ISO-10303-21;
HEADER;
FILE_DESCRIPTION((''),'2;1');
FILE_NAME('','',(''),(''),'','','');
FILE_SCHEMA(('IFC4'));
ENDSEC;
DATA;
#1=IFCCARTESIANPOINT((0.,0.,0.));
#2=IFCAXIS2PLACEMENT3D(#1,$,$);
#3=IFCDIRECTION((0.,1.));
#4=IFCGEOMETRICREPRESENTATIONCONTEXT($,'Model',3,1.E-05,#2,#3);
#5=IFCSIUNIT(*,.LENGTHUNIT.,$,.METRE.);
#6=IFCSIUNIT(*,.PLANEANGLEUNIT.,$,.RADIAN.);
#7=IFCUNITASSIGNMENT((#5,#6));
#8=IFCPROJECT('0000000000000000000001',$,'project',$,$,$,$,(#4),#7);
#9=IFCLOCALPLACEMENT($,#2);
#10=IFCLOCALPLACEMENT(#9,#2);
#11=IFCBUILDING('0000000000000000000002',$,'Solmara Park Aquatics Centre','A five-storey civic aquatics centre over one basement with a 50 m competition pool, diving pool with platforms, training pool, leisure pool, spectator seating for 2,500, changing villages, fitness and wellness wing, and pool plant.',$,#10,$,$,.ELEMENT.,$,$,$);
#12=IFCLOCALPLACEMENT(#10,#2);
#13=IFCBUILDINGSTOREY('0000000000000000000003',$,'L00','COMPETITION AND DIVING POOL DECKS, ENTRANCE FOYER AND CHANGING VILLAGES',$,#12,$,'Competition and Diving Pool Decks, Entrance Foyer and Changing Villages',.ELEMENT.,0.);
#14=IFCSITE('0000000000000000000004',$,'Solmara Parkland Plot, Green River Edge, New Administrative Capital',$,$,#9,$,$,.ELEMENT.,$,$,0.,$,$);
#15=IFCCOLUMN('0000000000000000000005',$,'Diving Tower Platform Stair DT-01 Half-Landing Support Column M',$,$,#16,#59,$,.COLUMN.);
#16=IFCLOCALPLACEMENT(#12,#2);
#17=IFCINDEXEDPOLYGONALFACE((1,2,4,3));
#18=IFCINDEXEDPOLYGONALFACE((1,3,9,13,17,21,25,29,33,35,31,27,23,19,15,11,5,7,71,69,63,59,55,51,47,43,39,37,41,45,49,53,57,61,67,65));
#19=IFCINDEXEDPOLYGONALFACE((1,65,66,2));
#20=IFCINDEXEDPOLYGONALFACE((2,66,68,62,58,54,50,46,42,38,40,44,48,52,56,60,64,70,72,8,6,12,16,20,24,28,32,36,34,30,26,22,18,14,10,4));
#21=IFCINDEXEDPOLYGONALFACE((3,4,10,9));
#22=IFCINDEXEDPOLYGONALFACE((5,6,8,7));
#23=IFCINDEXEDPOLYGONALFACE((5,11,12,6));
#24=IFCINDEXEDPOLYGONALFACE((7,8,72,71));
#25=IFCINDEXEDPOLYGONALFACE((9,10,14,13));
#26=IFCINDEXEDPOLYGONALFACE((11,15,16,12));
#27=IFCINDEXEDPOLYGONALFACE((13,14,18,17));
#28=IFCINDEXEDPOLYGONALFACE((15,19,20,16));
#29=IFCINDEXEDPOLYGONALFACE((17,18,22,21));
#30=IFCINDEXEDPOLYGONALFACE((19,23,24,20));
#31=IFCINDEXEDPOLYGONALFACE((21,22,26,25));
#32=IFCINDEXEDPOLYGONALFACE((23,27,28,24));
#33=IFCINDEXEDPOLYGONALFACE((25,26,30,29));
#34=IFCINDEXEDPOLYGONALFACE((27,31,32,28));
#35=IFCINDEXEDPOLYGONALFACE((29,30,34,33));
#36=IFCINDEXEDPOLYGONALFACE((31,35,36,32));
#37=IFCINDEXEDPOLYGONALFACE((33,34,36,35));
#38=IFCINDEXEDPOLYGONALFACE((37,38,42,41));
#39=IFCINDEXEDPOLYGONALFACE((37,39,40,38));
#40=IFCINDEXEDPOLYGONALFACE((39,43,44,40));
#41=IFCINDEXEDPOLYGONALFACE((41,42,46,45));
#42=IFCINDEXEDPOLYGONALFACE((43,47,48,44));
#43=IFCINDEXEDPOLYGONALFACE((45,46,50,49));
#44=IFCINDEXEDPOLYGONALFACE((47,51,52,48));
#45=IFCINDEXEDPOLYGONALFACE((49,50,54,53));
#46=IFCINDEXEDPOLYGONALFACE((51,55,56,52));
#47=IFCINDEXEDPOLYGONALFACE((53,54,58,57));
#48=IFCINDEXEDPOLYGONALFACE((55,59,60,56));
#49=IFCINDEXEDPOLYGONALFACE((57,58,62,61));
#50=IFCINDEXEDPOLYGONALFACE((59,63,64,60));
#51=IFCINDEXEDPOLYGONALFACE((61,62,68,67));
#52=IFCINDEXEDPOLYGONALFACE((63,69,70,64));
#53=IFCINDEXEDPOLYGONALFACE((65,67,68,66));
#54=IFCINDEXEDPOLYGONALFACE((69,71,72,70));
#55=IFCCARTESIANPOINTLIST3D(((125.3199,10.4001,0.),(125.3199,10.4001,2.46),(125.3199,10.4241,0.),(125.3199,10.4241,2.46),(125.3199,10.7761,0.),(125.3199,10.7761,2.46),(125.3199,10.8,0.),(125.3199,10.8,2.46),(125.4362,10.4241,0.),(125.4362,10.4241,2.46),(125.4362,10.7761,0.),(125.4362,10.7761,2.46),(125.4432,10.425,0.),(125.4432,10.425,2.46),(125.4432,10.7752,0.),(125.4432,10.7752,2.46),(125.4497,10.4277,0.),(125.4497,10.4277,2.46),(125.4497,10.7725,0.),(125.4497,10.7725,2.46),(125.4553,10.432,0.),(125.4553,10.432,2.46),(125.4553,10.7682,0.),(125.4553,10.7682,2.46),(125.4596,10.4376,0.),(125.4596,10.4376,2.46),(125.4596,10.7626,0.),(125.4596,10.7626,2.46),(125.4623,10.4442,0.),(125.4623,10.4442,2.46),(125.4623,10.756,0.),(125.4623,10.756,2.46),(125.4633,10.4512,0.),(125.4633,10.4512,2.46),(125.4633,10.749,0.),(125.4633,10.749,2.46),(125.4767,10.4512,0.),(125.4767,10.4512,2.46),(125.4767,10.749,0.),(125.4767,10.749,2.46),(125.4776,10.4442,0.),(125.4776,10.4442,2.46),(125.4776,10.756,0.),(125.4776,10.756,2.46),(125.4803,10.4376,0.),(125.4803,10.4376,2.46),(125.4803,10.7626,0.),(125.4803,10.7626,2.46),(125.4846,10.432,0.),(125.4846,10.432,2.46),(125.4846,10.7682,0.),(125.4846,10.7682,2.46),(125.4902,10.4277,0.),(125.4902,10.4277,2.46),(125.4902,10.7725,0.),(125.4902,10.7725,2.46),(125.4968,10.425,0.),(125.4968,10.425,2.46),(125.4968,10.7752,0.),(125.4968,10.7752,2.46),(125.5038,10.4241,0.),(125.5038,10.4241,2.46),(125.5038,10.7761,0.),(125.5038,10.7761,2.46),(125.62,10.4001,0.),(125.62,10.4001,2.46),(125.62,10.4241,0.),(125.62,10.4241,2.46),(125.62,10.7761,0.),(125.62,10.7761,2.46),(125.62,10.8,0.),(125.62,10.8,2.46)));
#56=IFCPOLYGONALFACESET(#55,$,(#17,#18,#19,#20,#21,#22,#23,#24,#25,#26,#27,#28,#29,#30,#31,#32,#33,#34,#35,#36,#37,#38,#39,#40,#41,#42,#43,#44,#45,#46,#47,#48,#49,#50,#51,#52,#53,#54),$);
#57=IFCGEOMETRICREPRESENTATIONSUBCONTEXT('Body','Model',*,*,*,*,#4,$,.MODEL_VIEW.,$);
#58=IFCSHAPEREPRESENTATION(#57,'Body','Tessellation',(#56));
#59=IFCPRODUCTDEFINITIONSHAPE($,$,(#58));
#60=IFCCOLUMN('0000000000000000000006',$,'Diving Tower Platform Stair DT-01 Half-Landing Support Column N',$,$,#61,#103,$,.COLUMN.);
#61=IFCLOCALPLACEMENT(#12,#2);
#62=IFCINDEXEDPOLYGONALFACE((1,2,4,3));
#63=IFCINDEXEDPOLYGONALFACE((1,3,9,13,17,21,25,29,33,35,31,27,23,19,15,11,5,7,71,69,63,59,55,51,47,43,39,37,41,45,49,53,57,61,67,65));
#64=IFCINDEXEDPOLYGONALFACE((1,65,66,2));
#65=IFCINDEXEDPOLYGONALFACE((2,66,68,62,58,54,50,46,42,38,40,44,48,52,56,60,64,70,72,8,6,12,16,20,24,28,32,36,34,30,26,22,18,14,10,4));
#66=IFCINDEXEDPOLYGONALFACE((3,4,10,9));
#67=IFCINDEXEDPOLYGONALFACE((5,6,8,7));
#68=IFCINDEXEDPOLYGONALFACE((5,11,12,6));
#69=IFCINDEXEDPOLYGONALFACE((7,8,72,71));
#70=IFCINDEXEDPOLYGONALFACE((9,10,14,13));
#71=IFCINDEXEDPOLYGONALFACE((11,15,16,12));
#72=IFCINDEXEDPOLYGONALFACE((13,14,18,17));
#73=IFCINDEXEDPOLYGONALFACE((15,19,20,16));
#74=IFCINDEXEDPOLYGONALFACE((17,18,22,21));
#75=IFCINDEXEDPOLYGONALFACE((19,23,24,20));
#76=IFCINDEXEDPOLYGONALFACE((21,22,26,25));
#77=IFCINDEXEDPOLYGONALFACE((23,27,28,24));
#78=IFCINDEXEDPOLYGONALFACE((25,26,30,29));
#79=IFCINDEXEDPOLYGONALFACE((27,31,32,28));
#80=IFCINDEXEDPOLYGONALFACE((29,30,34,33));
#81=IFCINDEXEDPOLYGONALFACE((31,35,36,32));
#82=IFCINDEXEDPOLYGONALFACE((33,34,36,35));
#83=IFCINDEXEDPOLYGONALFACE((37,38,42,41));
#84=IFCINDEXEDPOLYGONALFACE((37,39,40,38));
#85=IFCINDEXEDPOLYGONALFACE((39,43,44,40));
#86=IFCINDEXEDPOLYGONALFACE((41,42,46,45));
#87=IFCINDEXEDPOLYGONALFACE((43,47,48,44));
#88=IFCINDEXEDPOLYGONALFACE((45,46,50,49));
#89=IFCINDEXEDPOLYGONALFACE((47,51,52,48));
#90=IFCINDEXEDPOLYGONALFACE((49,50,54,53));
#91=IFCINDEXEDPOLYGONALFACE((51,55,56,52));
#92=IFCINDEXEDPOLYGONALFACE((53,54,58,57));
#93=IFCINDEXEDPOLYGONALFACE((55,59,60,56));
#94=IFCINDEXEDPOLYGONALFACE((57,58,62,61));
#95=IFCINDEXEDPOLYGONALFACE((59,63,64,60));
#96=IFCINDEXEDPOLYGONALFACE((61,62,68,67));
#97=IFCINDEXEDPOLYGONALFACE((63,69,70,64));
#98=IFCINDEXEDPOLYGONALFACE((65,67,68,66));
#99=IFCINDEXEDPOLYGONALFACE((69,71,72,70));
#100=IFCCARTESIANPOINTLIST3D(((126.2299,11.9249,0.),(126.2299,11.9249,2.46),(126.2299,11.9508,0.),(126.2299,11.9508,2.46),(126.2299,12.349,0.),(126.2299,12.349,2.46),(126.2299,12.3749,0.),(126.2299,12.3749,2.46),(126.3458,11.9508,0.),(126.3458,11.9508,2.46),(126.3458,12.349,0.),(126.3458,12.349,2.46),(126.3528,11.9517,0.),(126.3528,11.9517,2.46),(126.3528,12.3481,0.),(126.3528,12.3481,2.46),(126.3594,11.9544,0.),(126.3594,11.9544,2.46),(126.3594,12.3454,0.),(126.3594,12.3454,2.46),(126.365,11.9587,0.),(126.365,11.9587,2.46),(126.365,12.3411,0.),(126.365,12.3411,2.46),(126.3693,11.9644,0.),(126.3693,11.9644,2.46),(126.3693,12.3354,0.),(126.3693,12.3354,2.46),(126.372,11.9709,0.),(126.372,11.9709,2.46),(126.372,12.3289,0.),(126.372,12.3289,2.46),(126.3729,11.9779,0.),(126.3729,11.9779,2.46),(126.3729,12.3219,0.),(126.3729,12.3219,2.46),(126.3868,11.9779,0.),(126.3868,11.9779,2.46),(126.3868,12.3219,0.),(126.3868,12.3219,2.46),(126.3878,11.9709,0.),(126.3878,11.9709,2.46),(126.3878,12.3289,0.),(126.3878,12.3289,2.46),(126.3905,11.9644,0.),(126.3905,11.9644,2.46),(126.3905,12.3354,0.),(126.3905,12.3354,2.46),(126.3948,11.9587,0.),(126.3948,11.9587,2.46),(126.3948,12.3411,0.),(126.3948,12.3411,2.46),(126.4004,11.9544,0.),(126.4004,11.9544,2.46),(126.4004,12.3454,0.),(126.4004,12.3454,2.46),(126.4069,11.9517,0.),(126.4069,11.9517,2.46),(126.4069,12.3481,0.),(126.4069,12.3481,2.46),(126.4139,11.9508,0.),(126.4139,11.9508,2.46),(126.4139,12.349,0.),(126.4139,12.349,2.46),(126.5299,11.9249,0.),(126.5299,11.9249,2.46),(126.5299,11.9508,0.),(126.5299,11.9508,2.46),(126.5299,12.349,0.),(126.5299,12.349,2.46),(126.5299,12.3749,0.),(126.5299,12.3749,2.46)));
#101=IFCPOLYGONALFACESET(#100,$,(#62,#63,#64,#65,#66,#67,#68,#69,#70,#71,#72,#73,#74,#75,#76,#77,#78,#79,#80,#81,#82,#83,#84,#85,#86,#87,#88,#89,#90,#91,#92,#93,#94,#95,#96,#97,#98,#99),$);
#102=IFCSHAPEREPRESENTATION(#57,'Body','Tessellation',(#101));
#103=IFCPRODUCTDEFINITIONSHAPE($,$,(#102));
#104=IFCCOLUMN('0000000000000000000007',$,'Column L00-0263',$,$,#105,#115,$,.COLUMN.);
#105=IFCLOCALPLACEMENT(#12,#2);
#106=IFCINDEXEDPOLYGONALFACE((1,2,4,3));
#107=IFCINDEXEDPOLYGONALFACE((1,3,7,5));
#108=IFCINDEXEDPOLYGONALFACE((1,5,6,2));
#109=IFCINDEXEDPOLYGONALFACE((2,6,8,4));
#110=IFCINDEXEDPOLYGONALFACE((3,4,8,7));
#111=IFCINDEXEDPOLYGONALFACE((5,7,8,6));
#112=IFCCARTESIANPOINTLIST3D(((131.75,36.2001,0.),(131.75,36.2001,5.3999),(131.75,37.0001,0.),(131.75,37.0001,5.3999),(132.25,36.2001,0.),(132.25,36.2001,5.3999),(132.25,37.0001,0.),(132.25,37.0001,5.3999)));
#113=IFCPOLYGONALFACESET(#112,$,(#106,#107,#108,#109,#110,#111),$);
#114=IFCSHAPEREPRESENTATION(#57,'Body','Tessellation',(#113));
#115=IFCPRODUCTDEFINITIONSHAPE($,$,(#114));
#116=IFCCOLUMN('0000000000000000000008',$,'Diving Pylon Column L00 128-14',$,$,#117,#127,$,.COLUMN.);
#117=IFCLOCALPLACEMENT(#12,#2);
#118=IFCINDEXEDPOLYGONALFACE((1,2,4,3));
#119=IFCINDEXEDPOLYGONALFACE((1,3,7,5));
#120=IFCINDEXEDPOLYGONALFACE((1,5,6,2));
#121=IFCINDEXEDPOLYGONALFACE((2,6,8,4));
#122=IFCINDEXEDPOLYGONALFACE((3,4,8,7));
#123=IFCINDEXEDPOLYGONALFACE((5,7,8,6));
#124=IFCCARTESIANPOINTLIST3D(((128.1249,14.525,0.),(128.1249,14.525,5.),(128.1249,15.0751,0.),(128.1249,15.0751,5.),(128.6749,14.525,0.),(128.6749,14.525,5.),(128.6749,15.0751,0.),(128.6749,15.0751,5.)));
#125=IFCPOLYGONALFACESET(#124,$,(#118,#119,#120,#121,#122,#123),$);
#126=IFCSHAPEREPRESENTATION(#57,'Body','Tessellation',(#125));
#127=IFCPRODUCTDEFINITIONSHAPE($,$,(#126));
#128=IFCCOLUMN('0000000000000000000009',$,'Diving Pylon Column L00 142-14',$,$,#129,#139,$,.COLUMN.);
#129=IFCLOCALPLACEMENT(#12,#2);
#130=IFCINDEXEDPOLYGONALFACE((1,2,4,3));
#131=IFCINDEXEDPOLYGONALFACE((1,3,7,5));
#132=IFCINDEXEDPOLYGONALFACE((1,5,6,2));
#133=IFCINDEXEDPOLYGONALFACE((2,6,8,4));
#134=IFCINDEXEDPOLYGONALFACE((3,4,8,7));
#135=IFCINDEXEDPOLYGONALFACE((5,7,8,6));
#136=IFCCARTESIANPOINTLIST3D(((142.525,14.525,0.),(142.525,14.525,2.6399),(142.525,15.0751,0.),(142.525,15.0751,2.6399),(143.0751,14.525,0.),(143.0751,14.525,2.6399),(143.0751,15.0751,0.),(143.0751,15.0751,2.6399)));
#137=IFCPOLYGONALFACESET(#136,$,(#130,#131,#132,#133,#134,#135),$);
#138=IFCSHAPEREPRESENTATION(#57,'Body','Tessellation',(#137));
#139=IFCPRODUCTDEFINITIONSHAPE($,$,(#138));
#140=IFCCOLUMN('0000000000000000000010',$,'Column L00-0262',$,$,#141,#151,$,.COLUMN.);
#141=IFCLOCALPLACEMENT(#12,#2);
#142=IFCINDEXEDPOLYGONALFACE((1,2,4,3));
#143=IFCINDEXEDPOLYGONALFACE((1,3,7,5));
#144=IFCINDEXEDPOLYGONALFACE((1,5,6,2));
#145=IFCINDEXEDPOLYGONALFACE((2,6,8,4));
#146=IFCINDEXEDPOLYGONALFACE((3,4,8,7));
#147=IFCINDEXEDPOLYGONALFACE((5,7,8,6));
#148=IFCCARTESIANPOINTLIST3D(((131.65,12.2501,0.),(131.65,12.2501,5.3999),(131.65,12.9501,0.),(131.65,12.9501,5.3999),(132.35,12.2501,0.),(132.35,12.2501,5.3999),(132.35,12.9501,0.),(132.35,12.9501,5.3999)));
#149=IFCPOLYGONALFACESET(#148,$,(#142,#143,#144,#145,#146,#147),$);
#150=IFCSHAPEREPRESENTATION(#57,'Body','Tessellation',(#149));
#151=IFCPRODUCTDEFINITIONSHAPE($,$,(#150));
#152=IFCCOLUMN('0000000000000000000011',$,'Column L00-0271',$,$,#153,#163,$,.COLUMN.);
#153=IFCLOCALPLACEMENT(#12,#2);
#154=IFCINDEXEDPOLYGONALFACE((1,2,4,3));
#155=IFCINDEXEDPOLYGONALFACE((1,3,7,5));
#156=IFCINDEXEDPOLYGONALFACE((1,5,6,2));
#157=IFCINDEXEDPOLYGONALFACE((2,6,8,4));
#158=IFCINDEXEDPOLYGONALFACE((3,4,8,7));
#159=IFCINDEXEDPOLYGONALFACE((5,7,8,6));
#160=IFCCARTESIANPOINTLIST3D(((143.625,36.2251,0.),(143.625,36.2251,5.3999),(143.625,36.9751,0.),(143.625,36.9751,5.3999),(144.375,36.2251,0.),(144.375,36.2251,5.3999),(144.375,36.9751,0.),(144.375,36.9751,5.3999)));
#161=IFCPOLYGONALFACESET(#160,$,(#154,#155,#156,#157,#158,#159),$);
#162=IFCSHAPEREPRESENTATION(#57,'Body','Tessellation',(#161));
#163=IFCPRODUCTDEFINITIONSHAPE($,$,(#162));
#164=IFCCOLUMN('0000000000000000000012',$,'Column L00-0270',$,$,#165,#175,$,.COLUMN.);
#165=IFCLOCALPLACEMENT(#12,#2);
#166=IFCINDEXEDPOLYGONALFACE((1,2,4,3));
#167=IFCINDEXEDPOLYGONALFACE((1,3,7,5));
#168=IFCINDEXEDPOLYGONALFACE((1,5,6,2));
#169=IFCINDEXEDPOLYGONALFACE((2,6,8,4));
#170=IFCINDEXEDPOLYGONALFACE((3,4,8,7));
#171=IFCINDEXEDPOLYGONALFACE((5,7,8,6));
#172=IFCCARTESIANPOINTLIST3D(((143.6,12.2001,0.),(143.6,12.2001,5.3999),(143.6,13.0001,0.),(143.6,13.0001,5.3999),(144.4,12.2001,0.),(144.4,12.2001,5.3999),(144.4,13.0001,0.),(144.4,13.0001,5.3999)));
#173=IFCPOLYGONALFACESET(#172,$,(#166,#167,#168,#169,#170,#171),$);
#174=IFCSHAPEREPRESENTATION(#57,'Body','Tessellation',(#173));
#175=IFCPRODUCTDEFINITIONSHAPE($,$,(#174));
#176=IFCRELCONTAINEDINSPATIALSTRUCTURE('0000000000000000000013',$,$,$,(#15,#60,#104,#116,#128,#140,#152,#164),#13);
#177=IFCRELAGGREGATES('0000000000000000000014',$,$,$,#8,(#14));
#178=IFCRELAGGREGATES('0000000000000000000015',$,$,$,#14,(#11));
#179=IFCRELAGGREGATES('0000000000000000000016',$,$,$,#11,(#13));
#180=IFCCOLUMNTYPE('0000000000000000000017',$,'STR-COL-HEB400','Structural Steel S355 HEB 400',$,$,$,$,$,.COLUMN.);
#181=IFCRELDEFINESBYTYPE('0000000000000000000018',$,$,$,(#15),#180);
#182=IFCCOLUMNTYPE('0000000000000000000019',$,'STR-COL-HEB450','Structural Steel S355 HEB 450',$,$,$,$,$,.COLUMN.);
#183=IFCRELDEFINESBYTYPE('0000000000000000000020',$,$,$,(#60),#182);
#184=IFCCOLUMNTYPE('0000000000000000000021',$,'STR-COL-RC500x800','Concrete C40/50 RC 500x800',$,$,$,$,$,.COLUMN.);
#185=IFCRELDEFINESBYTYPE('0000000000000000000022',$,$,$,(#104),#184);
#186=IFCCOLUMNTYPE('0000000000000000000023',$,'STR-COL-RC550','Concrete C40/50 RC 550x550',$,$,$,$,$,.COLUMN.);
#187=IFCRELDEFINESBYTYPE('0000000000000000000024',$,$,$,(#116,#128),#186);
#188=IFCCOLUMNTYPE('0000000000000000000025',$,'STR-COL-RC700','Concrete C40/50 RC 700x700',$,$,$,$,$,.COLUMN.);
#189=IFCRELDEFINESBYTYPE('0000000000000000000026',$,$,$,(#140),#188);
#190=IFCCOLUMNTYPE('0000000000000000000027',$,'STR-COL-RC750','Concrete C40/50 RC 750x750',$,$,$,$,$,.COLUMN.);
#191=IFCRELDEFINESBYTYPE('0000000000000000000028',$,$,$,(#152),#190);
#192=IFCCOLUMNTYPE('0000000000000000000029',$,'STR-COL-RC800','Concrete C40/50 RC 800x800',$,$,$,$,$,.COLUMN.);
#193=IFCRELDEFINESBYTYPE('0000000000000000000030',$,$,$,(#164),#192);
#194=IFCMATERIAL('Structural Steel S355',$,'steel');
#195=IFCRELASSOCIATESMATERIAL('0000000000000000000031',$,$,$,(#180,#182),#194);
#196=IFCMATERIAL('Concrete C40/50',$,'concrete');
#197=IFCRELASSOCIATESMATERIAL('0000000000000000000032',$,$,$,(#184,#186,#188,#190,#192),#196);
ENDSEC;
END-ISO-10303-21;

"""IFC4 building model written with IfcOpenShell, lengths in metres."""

from ifc_helpers import new_model, si_unit, direction, frame, origin, origin_2d, place, context, subcontext, project, spatial, rectangle, i_section, extrude, material, material_profile, profile_set, type_object, element, save


model = new_model("IFC4")

# Units and contexts
model_context = context("Model", 3, precision=1e-05, world=origin(), true_north=direction((0.0, 1.0)))
body_context = subcontext(model_context, "Body", "Model", "MODEL_VIEW")
ifc_project = project(units=[si_unit("LENGTHUNIT", "METRE"), si_unit("PLANEANGLEUNIT", "RADIAN")], contexts=[model_context])

# Site, building, storey
site_placement = place(None, origin())
site = spatial("IfcSite", under=ifc_project, at=site_placement, Name="Solmara Parkland Plot, Green River Edge, New Administrative Capital", CompositionType="ELEMENT", RefElevation=0.0)
building_placement = place(site_placement, origin())
building = spatial("IfcBuilding", under=site, at=building_placement, Name="Solmara Park Aquatics Centre", Description="A five-storey civic aquatics centre over one basement with a 50 m competition pool, diving pool with platforms, training pool, leisure pool, spectator seating for 2,500, changing villages, fitness and wellness wing, and pool plant.", CompositionType="ELEMENT")
storey_placement = place(building_placement, origin())
storey = spatial("IfcBuildingStorey", under=building, at=storey_placement, Name="L00", Description="COMPETITION AND DIVING POOL DECKS, ENTRANCE FOYER AND CHANGING VILLAGES", LongName="Competition and Diving Pool Decks, Entrance Foyer and Changing Villages", CompositionType="ELEMENT", Elevation=0.0)

# Columns
ifc_material_1 = material(Name="Structural Steel S355", Category="steel")
ifc_material_profile_1 = material_profile(ifc_material_1, i_section(OverallWidth=0.3, OverallDepth=0.3999, WebThickness=0.0134, FlangeThickness=0.0239, FilletRadius=0.0271, at=origin_2d()), Name="HEB 400")
ifc_profile_set_1 = profile_set([ifc_material_profile_1], Name="Structural Steel S355")
column_type_1 = type_object("IfcColumnType", Name="STR-COL-HEB400", Description="Structural Steel S355 HEB 400", PredefinedType="COLUMN", material=ifc_profile_set_1)
column_1_placement = place(storey_placement, frame((125.47, 10.6001, 0.0), z_axis=(0.0, 0.0, 1.0), x_axis=(1.0, 0.0, 0.0)))
element("IfcColumn", 1, at=column_1_placement, inside=storey, type_object=column_type_1, Name="Diving Tower Platform Stair DT-01 Half-Landing Support Column M", PredefinedType="COLUMN", context=body_context, shape_type="SweptSolid", body=[
    extrude(i_section(OverallWidth=0.3, OverallDepth=0.3999, WebThickness=0.0134, FlangeThickness=0.0239, FilletRadius=0.0271, at=origin_2d()), origin(), (0.0, 0.0, 1.0), 2.46),
])
ifc_material_profile_2 = material_profile(ifc_material_1, i_section(OverallWidth=0.3, OverallDepth=0.45, WebThickness=0.0139, FlangeThickness=0.0259, FilletRadius=0.0271, at=origin_2d()), Name="HEB 450")
ifc_profile_set_2 = profile_set([ifc_material_profile_2], Name="Structural Steel S355")
column_type_2 = type_object("IfcColumnType", Name="STR-COL-HEB450", Description="Structural Steel S355 HEB 450", PredefinedType="COLUMN", material=ifc_profile_set_2)
column_2_placement = place(storey_placement, frame((126.3799, 12.1499, 0.0), z_axis=(0.0, 0.0, 1.0), x_axis=(1.0, 0.0, 0.0)))
element("IfcColumn", 2, at=column_2_placement, inside=storey, type_object=column_type_2, Name="Diving Tower Platform Stair DT-01 Half-Landing Support Column N", PredefinedType="COLUMN", context=body_context, shape_type="SweptSolid", body=[
    extrude(i_section(OverallWidth=0.3, OverallDepth=0.45, WebThickness=0.0139, FlangeThickness=0.0259, FilletRadius=0.0271, at=origin_2d()), origin(), (0.0, 0.0, 1.0), 2.46),
])
ifc_material_2 = material(Name="Concrete C40/50", Category="concrete")
ifc_material_profile_3 = material_profile(ifc_material_2, rectangle(XDim=0.5, YDim=0.8, at=origin_2d()), Name="RC 500x800")
ifc_profile_set_3 = profile_set([ifc_material_profile_3], Name="Concrete C40/50")
column_type_3 = type_object("IfcColumnType", Name="STR-COL-RC500x800", Description="Concrete C40/50 RC 500x800", PredefinedType="COLUMN", material=ifc_profile_set_3)
column_3_placement = place(storey_placement, frame((132.0, 36.6001, 0.0), z_axis=(0.0, 0.0, 1.0), x_axis=(1.0, 0.0, 0.0)))
element("IfcColumn", 3, at=column_3_placement, inside=storey, type_object=column_type_3, Name="Column L00-0263", PredefinedType="COLUMN", context=body_context, shape_type="SweptSolid", body=[
    extrude(rectangle(XDim=0.5, YDim=0.8, at=origin_2d()), origin(), (0.0, 0.0, 1.0), 5.3999),
])
ifc_material_profile_4 = material_profile(ifc_material_2, rectangle(XDim=0.55, YDim=0.55, at=origin_2d()), Name="RC 550x550")
ifc_profile_set_4 = profile_set([ifc_material_profile_4], Name="Concrete C40/50")
column_type_4 = type_object("IfcColumnType", Name="STR-COL-RC550", Description="Concrete C40/50 RC 550x550", PredefinedType="COLUMN", material=ifc_profile_set_4)
column_4_placement = place(storey_placement, frame((128.3999, 14.8, 0.0), z_axis=(0.0, 0.0, 1.0), x_axis=(1.0, 0.0, 0.0)))
element("IfcColumn", 4, at=column_4_placement, inside=storey, type_object=column_type_4, Name="Diving Pylon Column L00 128-14", PredefinedType="COLUMN", context=body_context, shape_type="SweptSolid", body=[
    extrude(rectangle(XDim=0.55, YDim=0.55, at=origin_2d()), origin(), (0.0, 0.0, 1.0), 5.0),
])
column_5_placement = place(storey_placement, frame((142.8, 14.8, 0.0), z_axis=(0.0, 0.0, 1.0), x_axis=(1.0, 0.0, 0.0)))
element("IfcColumn", 5, at=column_5_placement, inside=storey, type_object=column_type_4, Name="Diving Pylon Column L00 142-14", PredefinedType="COLUMN", context=body_context, shape_type="SweptSolid", body=[
    extrude(rectangle(XDim=0.55, YDim=0.55, at=origin_2d()), origin(), (0.0, 0.0, 1.0), 2.6399),
])
ifc_material_profile_5 = material_profile(ifc_material_2, rectangle(XDim=0.7, YDim=0.7, at=origin_2d()), Name="RC 700x700")
ifc_profile_set_5 = profile_set([ifc_material_profile_5], Name="Concrete C40/50")
column_type_5 = type_object("IfcColumnType", Name="STR-COL-RC700", Description="Concrete C40/50 RC 700x700", PredefinedType="COLUMN", material=ifc_profile_set_5)
column_6_placement = place(storey_placement, frame((132.0, 12.6001, 0.0), z_axis=(0.0, 0.0, 1.0), x_axis=(1.0, 0.0, 0.0)))
element("IfcColumn", 6, at=column_6_placement, inside=storey, type_object=column_type_5, Name="Column L00-0262", PredefinedType="COLUMN", context=body_context, shape_type="SweptSolid", body=[
    extrude(rectangle(XDim=0.7, YDim=0.7, at=origin_2d()), origin(), (0.0, 0.0, 1.0), 5.3999),
])
ifc_material_profile_6 = material_profile(ifc_material_2, rectangle(XDim=0.75, YDim=0.75, at=origin_2d()), Name="RC 750x750")
ifc_profile_set_6 = profile_set([ifc_material_profile_6], Name="Concrete C40/50")
column_type_6 = type_object("IfcColumnType", Name="STR-COL-RC750", Description="Concrete C40/50 RC 750x750", PredefinedType="COLUMN", material=ifc_profile_set_6)
column_7_placement = place(storey_placement, frame((144.0, 36.6001, 0.0), z_axis=(0.0, 0.0, 1.0), x_axis=(1.0, 0.0, 0.0)))
element("IfcColumn", 7, at=column_7_placement, inside=storey, type_object=column_type_6, Name="Column L00-0271", PredefinedType="COLUMN", context=body_context, shape_type="SweptSolid", body=[
    extrude(rectangle(XDim=0.75, YDim=0.75, at=origin_2d()), origin(), (0.0, 0.0, 1.0), 5.3999),
])
ifc_material_profile_7 = material_profile(ifc_material_2, rectangle(XDim=0.8, YDim=0.8, at=origin_2d()), Name="RC 800x800")
ifc_profile_set_7 = profile_set([ifc_material_profile_7], Name="Concrete C40/50")
column_type_7 = type_object("IfcColumnType", Name="STR-COL-RC800", Description="Concrete C40/50 RC 800x800", PredefinedType="COLUMN", material=ifc_profile_set_7)
column_8_placement = place(storey_placement, frame((144.0, 12.6001, 0.0), z_axis=(0.0, 0.0, 1.0), x_axis=(1.0, 0.0, 0.0)))
element("IfcColumn", 8, at=column_8_placement, inside=storey, type_object=column_type_7, Name="Column L00-0270", PredefinedType="COLUMN", context=body_context, shape_type="SweptSolid", body=[
    extrude(rectangle(XDim=0.8, YDim=0.8, at=origin_2d()), origin(), (0.0, 0.0, 1.0), 5.3999),
])

save(model, "model.ifc")
